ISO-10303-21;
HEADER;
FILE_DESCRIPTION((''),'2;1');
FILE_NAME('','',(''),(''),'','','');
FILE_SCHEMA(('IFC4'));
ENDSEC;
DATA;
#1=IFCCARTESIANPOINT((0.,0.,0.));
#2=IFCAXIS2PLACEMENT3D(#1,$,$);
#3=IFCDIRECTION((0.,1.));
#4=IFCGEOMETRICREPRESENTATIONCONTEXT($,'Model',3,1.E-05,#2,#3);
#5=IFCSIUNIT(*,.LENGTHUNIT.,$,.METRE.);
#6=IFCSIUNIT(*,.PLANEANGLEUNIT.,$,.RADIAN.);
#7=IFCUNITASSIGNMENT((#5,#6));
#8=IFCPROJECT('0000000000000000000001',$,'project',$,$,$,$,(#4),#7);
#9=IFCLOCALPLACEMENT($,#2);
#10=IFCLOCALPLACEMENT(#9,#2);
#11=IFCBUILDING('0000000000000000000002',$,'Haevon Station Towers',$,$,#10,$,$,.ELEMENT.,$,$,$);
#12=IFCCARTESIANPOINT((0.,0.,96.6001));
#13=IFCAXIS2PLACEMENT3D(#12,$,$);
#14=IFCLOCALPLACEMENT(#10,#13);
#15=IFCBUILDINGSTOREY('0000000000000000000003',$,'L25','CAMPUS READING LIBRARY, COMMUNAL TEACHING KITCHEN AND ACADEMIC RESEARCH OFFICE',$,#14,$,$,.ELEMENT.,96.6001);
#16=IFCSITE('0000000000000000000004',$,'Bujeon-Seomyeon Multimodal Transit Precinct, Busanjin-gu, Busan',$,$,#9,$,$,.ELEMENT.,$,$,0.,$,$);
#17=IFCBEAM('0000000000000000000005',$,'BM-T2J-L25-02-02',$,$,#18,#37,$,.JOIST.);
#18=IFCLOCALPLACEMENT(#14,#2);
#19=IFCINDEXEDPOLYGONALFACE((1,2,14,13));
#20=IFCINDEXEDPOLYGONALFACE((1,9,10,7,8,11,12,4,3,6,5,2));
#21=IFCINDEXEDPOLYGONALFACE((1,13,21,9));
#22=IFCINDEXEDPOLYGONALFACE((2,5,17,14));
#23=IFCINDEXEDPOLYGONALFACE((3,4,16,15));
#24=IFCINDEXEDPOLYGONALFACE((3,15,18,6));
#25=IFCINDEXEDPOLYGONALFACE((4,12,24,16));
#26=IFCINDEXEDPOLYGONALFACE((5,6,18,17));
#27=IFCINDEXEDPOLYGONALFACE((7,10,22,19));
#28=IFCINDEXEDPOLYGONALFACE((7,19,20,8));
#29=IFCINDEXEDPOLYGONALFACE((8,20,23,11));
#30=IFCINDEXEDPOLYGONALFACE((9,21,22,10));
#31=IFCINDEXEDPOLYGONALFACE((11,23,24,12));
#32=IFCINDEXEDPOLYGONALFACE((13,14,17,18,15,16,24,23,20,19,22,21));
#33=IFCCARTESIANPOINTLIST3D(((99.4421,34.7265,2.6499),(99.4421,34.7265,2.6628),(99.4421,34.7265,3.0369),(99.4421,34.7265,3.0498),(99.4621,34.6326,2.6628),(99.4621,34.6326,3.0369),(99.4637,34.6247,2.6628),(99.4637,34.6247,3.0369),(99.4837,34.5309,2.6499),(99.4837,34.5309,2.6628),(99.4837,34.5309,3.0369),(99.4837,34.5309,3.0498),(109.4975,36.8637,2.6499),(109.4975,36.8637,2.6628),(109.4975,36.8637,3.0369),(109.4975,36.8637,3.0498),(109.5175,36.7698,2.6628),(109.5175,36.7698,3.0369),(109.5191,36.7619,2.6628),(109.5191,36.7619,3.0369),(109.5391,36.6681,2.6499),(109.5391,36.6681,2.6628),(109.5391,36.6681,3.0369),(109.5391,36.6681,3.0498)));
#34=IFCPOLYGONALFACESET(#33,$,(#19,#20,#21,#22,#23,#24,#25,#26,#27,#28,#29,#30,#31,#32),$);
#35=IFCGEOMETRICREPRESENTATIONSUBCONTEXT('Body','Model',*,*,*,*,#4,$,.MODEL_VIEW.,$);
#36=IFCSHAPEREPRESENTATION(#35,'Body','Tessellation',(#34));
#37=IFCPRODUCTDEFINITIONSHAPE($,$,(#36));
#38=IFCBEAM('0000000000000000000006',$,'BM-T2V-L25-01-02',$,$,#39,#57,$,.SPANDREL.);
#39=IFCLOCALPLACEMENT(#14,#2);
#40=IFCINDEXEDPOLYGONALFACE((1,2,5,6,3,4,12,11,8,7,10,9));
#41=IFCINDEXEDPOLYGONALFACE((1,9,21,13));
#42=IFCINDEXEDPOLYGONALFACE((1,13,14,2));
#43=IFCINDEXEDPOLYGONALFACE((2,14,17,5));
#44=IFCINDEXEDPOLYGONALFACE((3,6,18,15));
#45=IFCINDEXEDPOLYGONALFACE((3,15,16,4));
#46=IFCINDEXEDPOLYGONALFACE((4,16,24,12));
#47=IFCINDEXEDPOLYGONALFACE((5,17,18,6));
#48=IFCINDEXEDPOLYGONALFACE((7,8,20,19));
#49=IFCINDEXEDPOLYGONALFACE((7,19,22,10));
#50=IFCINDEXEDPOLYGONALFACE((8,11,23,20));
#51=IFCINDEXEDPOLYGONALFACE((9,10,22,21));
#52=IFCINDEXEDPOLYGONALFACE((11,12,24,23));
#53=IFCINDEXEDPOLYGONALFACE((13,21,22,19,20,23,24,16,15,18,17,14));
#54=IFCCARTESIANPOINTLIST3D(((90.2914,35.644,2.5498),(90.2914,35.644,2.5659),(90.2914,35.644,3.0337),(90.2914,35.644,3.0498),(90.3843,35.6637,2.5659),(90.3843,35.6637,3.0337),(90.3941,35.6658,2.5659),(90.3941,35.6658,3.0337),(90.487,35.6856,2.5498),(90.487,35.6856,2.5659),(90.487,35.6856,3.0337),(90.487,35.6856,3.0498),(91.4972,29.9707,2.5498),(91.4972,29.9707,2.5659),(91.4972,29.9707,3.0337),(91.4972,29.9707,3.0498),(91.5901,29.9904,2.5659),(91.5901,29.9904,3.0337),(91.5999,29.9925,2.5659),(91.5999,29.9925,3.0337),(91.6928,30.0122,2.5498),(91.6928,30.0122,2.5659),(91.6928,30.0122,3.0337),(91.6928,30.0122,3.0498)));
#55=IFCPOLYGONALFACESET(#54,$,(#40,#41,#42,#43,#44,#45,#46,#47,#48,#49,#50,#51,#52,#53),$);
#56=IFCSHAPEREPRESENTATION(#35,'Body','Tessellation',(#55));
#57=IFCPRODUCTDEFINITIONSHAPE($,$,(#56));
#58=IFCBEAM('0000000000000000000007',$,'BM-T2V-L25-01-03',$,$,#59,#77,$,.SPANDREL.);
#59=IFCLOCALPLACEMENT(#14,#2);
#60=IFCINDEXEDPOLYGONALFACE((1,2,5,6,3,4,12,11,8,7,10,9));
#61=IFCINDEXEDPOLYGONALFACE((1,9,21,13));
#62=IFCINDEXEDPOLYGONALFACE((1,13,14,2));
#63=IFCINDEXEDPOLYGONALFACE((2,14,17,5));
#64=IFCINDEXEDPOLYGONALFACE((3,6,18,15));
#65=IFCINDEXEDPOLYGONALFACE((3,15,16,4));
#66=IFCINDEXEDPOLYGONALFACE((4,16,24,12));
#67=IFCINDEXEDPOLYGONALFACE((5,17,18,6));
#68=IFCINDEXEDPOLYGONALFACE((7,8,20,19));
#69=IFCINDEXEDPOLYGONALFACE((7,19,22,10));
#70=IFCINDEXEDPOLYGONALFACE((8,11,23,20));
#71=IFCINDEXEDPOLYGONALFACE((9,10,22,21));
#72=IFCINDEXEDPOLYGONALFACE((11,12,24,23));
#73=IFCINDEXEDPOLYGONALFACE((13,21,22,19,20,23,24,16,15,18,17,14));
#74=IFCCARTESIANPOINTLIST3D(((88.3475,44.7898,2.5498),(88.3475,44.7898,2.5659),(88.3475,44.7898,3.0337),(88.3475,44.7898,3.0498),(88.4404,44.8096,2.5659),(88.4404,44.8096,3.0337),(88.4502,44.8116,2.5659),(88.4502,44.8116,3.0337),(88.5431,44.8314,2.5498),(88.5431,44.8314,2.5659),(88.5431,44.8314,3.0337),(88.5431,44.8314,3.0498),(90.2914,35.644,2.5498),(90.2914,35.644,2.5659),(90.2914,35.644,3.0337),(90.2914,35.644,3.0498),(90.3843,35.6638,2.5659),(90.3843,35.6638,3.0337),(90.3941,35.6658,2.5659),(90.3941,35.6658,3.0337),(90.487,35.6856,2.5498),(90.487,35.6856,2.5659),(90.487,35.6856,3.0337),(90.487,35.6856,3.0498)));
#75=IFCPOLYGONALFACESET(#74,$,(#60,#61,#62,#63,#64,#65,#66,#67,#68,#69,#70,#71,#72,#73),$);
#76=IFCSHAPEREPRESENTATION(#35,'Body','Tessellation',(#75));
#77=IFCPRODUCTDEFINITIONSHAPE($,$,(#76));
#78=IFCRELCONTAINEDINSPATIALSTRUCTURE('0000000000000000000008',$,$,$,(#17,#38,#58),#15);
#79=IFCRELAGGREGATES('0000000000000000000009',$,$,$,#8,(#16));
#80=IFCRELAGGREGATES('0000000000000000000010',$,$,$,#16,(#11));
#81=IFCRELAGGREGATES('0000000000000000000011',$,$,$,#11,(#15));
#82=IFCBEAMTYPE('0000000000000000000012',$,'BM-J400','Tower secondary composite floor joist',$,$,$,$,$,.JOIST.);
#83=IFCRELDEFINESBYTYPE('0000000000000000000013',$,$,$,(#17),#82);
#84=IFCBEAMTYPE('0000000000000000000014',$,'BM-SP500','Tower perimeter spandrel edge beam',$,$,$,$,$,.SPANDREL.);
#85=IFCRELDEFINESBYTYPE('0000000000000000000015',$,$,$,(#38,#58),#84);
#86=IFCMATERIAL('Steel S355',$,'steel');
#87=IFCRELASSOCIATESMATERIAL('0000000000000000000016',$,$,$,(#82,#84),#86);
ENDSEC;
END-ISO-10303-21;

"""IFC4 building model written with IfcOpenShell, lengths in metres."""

from ifc_helpers import new_model, si_unit, direction, frame, origin, origin_2d, place, context, subcontext, project, spatial, i_section, extrude, material, material_profile, profile_set, type_object, element, save


model = new_model("IFC4")

# Units and contexts
model_context = context("Model", 3, precision=1e-05, world=origin(), true_north=direction((0.0, 1.0)))
body_context = subcontext(model_context, "Body", "Model", "MODEL_VIEW")
ifc_project = project(units=[si_unit("LENGTHUNIT", "METRE"), si_unit("PLANEANGLEUNIT", "RADIAN")], contexts=[model_context])

# Site, building, storey
site_placement = place(None, origin())
site = spatial("IfcSite", under=ifc_project, at=site_placement, Name="Bujeon-Seomyeon Multimodal Transit Precinct, Busanjin-gu, Busan", CompositionType="ELEMENT", RefElevation=0.0)
building_placement = place(site_placement, origin())
building = spatial("IfcBuilding", under=site, at=building_placement, Name="Haevon Station Towers", CompositionType="ELEMENT")
storey_placement = place(building_placement, frame((0.0, 0.0, 96.6001)))
storey = spatial("IfcBuildingStorey", under=building, at=storey_placement, Name="L25", Description="CAMPUS READING LIBRARY, COMMUNAL TEACHING KITCHEN AND ACADEMIC RESEARCH OFFICE", CompositionType="ELEMENT", Elevation=96.6001)

# Beams
ifc_material_1 = material(Name="Steel S355", Category="steel")
ifc_material_profile_1 = material_profile(ifc_material_1, i_section(OverallWidth=0.2, OverallDepth=0.3999, WebThickness=0.0081, FlangeThickness=0.0129, at=origin_2d()), Name="H-400x200x8x13")
ifc_profile_set_1 = profile_set([ifc_material_profile_1], Name="Steel S355")
beam_type_1 = type_object("IfcBeamType", Name="BM-J400", Description="Tower secondary composite floor joist", PredefinedType="JOIST", material=ifc_profile_set_1)
beam_1_placement = place(storey_placement, frame((99.4629, 34.6287, 2.8499), z_axis=(0.97815, 0.207899, 0.0), x_axis=(-0.207899, 0.97815, 0.0)))
element("IfcBeam", 1, at=beam_1_placement, inside=storey, type_object=beam_type_1, Name="BM-T2J-L25-02-02", PredefinedType="JOIST", context=body_context, shape_type="SweptSolid", body=[
    extrude(i_section(OverallWidth=0.2, OverallDepth=0.3999, WebThickness=0.0081, FlangeThickness=0.0129, at=origin_2d()), origin(), (0.0, 0.0, 1.0), 10.28),
])
ifc_material_profile_2 = material_profile(ifc_material_1, i_section(OverallWidth=0.2, OverallDepth=0.5, WebThickness=0.01, FlangeThickness=0.0161, at=origin_2d()), Name="H-500x200x10x16")
ifc_profile_set_2 = profile_set([ifc_material_profile_2], Name="Steel S355")
beam_type_2 = type_object("IfcBeamType", Name="BM-SP500", Description="Tower perimeter spandrel edge beam", PredefinedType="SPANDREL", material=ifc_profile_set_2)
beam_2_placement = place(storey_placement, frame((91.595, 29.9915, 2.7998), z_axis=(-0.207896, 0.978151, 0.0), x_axis=(-0.978151, -0.207896, 0.0)))
element("IfcBeam", 2, at=beam_2_placement, inside=storey, type_object=beam_type_2, Name="BM-T2V-L25-01-02", PredefinedType="SPANDREL", context=body_context, shape_type="SweptSolid", body=[
    extrude(i_section(OverallWidth=0.2, OverallDepth=0.5, WebThickness=0.01, FlangeThickness=0.0161, at=origin_2d()), origin(), (0.0, 0.0, 1.0), 5.8),
])
beam_3_placement = place(storey_placement, frame((90.3892, 35.6648, 2.7998), z_axis=(-0.207897, 0.978151, 0.0), x_axis=(-0.978151, -0.207897, 0.0)))
element("IfcBeam", 3, at=beam_3_placement, inside=storey, type_object=beam_type_2, Name="BM-T2V-L25-01-03", PredefinedType="SPANDREL", context=body_context, shape_type="SweptSolid", body=[
    extrude(i_section(OverallWidth=0.2, OverallDepth=0.5, WebThickness=0.01, FlangeThickness=0.0161, at=origin_2d()), origin(), (0.0, 0.0, 1.0), 9.3501),
])

save(model, "model.ifc")
